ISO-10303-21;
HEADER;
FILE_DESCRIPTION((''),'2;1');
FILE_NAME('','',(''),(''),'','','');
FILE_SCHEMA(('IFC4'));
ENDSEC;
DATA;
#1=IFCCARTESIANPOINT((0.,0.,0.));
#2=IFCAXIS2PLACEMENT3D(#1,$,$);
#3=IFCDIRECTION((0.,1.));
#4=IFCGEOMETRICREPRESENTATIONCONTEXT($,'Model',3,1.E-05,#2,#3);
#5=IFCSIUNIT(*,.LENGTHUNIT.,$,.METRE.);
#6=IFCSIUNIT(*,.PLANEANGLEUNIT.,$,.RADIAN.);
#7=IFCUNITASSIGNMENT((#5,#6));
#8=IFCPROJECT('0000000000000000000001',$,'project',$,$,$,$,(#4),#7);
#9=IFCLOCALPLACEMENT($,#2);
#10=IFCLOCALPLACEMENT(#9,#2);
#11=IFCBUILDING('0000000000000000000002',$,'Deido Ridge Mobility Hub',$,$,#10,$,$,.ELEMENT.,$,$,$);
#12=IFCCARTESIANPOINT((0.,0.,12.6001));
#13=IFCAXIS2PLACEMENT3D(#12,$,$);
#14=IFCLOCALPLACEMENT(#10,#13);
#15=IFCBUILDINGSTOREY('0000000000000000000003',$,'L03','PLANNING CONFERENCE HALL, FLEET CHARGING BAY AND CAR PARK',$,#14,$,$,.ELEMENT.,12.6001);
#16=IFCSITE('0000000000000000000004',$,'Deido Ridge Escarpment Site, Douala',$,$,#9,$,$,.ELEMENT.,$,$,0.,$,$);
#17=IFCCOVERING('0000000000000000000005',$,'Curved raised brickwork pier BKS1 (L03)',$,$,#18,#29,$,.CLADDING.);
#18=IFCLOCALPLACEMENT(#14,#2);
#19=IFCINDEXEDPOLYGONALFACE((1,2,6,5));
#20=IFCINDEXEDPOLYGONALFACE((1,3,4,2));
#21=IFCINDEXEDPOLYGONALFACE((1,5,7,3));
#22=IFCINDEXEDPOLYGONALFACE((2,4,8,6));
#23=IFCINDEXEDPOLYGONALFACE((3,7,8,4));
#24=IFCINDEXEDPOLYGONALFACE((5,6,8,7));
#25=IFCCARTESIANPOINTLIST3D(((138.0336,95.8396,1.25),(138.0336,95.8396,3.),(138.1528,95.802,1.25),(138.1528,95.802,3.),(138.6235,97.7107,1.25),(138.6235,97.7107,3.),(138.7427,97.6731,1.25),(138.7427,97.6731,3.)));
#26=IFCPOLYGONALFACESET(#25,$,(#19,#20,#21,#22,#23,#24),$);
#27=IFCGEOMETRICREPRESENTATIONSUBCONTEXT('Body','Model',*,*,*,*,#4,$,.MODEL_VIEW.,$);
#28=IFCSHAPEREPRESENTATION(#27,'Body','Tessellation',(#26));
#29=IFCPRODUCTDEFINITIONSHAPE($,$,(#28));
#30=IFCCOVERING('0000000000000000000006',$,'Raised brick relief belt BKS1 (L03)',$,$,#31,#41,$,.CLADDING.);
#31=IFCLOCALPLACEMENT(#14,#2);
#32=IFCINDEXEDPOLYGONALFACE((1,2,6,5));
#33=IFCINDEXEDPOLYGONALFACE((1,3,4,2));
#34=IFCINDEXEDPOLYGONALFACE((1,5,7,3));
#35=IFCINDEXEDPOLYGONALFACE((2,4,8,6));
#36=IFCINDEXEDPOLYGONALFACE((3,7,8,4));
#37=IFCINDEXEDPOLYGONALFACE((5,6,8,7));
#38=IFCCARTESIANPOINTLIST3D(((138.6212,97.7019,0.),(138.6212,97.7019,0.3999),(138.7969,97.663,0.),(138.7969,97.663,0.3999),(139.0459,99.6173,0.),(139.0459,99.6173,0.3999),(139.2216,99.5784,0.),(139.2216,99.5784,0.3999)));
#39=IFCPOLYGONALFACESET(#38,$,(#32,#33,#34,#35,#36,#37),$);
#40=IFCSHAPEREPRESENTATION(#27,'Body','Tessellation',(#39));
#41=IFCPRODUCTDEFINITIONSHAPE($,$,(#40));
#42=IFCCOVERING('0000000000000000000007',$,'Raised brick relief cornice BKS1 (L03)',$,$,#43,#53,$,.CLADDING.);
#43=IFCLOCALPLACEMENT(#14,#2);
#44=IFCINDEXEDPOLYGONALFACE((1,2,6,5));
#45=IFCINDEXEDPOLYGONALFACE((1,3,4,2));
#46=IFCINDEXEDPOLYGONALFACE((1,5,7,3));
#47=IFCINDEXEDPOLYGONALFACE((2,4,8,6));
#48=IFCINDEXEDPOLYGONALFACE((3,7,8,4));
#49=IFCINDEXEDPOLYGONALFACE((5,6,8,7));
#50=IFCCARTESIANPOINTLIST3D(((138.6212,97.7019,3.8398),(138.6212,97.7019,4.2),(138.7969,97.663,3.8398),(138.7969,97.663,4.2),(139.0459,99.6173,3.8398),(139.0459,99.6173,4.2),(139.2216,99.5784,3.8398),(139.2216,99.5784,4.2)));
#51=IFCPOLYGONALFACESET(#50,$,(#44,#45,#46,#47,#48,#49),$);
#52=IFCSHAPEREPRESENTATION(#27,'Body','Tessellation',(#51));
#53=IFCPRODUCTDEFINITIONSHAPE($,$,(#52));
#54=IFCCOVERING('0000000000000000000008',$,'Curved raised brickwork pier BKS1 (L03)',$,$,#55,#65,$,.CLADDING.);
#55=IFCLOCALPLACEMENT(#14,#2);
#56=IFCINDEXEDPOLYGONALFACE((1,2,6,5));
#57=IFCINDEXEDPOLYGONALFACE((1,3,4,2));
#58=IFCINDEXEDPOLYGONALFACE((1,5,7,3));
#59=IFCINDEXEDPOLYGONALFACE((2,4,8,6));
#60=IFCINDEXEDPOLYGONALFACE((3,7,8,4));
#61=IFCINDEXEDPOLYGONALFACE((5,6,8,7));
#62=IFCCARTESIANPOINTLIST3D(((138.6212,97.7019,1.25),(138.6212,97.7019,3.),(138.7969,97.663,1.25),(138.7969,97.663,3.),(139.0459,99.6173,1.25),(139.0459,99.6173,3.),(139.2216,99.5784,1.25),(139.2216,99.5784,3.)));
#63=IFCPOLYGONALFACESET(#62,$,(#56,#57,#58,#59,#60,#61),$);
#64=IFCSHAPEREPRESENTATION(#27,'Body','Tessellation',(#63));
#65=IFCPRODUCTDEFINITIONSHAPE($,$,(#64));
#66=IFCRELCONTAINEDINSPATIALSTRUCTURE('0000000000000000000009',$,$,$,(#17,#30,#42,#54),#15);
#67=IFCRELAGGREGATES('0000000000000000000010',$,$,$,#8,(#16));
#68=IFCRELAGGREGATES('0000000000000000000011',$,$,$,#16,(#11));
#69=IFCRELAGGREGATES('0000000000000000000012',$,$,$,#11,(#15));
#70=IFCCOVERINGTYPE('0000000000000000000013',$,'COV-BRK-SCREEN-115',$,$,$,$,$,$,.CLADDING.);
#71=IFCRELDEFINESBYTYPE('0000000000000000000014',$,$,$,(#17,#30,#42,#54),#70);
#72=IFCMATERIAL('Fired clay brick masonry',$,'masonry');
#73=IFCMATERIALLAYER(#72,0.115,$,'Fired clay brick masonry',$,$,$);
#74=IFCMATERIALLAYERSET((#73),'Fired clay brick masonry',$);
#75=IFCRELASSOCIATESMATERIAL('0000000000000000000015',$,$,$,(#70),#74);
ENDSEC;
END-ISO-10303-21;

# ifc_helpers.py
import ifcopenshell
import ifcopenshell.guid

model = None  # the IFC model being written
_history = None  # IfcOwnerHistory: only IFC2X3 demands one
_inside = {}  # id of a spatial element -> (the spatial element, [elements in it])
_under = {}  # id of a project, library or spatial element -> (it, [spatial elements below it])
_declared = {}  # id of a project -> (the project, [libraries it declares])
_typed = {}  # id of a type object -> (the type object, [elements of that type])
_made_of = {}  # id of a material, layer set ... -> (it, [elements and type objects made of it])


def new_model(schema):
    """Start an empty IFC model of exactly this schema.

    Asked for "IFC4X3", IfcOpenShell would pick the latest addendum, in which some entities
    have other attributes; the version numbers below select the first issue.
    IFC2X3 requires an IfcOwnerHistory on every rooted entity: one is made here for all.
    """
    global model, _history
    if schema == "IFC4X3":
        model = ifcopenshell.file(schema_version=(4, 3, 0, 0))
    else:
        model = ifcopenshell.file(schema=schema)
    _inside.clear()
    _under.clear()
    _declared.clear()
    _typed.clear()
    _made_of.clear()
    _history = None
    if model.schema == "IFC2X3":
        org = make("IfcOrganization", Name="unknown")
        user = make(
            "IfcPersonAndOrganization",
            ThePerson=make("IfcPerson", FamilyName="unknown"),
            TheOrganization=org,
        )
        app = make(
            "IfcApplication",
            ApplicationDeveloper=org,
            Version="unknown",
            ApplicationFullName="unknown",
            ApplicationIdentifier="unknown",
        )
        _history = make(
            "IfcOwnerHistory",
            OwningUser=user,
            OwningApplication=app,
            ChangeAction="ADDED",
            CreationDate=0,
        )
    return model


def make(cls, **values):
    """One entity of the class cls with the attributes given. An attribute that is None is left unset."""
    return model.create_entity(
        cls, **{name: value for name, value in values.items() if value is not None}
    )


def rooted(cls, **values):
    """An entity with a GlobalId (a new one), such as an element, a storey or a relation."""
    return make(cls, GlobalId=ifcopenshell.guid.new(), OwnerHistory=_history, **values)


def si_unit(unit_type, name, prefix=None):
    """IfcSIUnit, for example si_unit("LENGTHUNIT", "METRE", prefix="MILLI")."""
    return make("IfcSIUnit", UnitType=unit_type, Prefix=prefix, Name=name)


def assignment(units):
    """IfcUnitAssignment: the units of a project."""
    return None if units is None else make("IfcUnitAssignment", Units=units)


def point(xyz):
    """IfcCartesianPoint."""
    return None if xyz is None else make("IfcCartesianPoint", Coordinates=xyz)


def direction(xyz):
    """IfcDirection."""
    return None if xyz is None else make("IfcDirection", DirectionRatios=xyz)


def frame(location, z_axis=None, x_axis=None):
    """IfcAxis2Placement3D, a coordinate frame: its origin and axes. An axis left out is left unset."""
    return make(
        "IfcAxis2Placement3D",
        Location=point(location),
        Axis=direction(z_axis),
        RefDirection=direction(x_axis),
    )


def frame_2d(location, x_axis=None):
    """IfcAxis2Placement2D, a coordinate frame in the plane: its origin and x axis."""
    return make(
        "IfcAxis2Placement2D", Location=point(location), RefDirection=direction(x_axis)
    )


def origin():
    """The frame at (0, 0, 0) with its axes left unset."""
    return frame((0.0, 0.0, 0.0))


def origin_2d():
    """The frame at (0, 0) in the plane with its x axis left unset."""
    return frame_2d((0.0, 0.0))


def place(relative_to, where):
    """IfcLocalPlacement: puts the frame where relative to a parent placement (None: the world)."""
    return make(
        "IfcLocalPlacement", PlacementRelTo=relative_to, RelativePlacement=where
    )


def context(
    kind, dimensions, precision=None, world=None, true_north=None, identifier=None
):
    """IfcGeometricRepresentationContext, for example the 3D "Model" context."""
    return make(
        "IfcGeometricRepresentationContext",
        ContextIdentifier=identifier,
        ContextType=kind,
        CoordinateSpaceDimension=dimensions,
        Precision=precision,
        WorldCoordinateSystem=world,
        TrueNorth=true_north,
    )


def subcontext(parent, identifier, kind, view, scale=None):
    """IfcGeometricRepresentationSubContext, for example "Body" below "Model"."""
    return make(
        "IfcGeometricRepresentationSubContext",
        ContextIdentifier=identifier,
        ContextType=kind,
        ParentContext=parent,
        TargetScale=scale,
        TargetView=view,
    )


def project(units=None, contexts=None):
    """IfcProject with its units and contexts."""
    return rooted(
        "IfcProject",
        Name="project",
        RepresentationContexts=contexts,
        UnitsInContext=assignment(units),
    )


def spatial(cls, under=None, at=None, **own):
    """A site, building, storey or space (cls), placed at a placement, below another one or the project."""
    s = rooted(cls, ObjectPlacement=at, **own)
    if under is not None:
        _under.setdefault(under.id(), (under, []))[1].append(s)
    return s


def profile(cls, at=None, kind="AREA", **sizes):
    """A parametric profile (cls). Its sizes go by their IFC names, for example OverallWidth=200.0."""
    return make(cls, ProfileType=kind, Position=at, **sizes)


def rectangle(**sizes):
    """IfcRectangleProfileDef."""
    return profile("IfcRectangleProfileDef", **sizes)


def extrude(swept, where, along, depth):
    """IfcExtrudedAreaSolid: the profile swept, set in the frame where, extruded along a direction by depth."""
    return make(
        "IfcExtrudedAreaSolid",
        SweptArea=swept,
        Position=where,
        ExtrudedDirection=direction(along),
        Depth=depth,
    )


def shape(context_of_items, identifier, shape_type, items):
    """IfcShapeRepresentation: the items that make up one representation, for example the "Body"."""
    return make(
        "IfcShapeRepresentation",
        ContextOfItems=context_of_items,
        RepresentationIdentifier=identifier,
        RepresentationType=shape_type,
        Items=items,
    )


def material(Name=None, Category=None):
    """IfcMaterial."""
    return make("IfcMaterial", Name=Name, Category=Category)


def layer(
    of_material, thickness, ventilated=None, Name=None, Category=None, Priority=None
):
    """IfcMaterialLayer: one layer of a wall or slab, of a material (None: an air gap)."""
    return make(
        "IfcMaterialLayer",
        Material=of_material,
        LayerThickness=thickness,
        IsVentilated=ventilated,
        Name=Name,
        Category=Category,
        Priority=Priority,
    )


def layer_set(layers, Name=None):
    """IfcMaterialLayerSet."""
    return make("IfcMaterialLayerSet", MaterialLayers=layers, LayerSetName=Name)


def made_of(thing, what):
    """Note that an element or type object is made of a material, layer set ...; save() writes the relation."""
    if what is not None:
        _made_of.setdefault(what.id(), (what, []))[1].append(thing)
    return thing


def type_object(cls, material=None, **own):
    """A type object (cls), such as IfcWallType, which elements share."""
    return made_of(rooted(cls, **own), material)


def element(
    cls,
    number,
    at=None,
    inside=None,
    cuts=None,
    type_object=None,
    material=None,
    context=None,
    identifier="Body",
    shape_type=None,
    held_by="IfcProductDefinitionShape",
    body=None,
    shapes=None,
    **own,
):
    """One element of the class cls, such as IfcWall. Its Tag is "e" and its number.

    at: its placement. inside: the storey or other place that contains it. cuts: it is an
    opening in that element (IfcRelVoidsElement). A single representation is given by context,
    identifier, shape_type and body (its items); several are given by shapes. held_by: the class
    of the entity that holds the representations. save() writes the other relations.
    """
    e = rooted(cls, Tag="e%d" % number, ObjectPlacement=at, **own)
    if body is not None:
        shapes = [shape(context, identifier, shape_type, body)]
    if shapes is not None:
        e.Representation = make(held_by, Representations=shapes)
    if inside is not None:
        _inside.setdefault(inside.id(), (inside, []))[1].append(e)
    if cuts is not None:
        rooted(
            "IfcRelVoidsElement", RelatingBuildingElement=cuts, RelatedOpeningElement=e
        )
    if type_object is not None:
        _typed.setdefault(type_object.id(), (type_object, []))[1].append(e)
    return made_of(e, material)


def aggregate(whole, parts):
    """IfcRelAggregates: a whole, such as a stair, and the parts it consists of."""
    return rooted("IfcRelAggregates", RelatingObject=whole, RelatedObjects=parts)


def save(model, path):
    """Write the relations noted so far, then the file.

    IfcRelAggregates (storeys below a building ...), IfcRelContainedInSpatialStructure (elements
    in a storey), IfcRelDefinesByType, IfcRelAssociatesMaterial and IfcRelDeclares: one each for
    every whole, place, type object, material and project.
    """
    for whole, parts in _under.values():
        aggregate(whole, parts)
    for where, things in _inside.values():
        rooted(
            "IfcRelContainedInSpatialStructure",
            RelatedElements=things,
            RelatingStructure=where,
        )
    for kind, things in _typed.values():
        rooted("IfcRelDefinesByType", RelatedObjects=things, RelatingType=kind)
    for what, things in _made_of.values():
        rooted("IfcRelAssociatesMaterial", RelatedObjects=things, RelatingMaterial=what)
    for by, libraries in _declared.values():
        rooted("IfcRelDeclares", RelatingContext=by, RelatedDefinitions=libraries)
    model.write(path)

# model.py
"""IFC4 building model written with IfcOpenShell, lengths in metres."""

from ifc_helpers import new_model, si_unit, direction, frame, origin, origin_2d, place, context, subcontext, project, spatial, rectangle, extrude, material, layer, layer_set, type_object, element, save


model = new_model("IFC4")

# Units and contexts
model_context = context("Model", 3, precision=1e-05, world=origin(), true_north=direction((0.0, 1.0)))
body_context = subcontext(model_context, "Body", "Model", "MODEL_VIEW")
ifc_project = project(units=[si_unit("LENGTHUNIT", "METRE"), si_unit("PLANEANGLEUNIT", "RADIAN")], contexts=[model_context])

# Site, building, storey
site_placement = place(None, origin())
site = spatial("IfcSite", under=ifc_project, at=site_placement, Name="Deido Ridge Escarpment Site, Douala", CompositionType="ELEMENT", RefElevation=0.0)
building_placement = place(site_placement, origin())
building = spatial("IfcBuilding", under=site, at=building_placement, Name="Deido Ridge Mobility Hub", CompositionType="ELEMENT")
storey_placement = place(building_placement, frame((0.0, 0.0, 12.6001)))
storey = spatial("IfcBuildingStorey", under=building, at=storey_placement, Name="L03", Description="PLANNING CONFERENCE HALL, FLEET CHARGING BAY AND CAR PARK", CompositionType="ELEMENT", Elevation=12.6001)

# Shared definitions
ifc_material_1 = material(Name="Fired clay brick masonry", Category="masonry")

# Coverings
ifc_layer_1 = layer(ifc_material_1, 0.115, Name="Fired clay brick masonry")
ifc_layer_set_1 = layer_set([ifc_layer_1], Name="Fired clay brick masonry")
covering_type = type_object("IfcCoveringType", Name="COV-BRK-SCREEN-115", PredefinedType="CLADDING", material=ifc_layer_set_1)
covering_1_placement = place(storey_placement, frame((138.3882, 96.7563, 1.25), z_axis=(0.0, 0.0, 1.0), x_axis=(0.300673, 0.953727, 0.0)))
element("IfcCovering", 1, at=covering_1_placement, inside=storey, type_object=covering_type, Name="Curved raised brickwork pier BKS1 (L03)", PredefinedType="CLADDING", context=body_context, shape_type="SweptSolid", body=[
    extrude(rectangle(XDim=1.9619, YDim=0.125, at=origin_2d()), origin(), (0.0, 0.0, 1.0), 1.75),
])
covering_2_placement = place(storey_placement, frame((138.9214, 98.6401, 0.0), z_axis=(0.0, 0.0, 1.0), x_axis=(0.216457, 0.976292, 0.0)))
element("IfcCovering", 2, at=covering_2_placement, inside=storey, type_object=covering_type, Name="Raised brick relief belt BKS1 (L03)", PredefinedType="CLADDING", context=body_context, shape_type="SweptSolid", body=[
    extrude(rectangle(XDim=1.9619, YDim=0.1799, at=origin_2d()), origin(), (0.0, 0.0, 1.0), 0.3999),
])
covering_3_placement = place(storey_placement, frame((138.9214, 98.6401, 3.8398), z_axis=(0.0, 0.0, 1.0), x_axis=(0.216457, 0.976292, 0.0)))
element("IfcCovering", 3, at=covering_3_placement, inside=storey, type_object=covering_type, Name="Raised brick relief cornice BKS1 (L03)", PredefinedType="CLADDING", context=body_context, shape_type="SweptSolid", body=[
    extrude(rectangle(XDim=1.9619, YDim=0.1799, at=origin_2d()), origin(), (0.0, 0.0, 1.0), 0.3601),
])
covering_4_placement = place(storey_placement, frame((138.9214, 98.6401, 1.25), z_axis=(0.0, 0.0, 1.0), x_axis=(0.216457, 0.976292, 0.0)))
element("IfcCovering", 4, at=covering_4_placement, inside=storey, type_object=covering_type, Name="Curved raised brickwork pier BKS1 (L03)", PredefinedType="CLADDING", context=body_context, shape_type="SweptSolid", body=[
    extrude(rectangle(XDim=1.9619, YDim=0.1799, at=origin_2d()), origin(), (0.0, 0.0, 1.0), 1.75),
])

save(model, "model.ifc")
